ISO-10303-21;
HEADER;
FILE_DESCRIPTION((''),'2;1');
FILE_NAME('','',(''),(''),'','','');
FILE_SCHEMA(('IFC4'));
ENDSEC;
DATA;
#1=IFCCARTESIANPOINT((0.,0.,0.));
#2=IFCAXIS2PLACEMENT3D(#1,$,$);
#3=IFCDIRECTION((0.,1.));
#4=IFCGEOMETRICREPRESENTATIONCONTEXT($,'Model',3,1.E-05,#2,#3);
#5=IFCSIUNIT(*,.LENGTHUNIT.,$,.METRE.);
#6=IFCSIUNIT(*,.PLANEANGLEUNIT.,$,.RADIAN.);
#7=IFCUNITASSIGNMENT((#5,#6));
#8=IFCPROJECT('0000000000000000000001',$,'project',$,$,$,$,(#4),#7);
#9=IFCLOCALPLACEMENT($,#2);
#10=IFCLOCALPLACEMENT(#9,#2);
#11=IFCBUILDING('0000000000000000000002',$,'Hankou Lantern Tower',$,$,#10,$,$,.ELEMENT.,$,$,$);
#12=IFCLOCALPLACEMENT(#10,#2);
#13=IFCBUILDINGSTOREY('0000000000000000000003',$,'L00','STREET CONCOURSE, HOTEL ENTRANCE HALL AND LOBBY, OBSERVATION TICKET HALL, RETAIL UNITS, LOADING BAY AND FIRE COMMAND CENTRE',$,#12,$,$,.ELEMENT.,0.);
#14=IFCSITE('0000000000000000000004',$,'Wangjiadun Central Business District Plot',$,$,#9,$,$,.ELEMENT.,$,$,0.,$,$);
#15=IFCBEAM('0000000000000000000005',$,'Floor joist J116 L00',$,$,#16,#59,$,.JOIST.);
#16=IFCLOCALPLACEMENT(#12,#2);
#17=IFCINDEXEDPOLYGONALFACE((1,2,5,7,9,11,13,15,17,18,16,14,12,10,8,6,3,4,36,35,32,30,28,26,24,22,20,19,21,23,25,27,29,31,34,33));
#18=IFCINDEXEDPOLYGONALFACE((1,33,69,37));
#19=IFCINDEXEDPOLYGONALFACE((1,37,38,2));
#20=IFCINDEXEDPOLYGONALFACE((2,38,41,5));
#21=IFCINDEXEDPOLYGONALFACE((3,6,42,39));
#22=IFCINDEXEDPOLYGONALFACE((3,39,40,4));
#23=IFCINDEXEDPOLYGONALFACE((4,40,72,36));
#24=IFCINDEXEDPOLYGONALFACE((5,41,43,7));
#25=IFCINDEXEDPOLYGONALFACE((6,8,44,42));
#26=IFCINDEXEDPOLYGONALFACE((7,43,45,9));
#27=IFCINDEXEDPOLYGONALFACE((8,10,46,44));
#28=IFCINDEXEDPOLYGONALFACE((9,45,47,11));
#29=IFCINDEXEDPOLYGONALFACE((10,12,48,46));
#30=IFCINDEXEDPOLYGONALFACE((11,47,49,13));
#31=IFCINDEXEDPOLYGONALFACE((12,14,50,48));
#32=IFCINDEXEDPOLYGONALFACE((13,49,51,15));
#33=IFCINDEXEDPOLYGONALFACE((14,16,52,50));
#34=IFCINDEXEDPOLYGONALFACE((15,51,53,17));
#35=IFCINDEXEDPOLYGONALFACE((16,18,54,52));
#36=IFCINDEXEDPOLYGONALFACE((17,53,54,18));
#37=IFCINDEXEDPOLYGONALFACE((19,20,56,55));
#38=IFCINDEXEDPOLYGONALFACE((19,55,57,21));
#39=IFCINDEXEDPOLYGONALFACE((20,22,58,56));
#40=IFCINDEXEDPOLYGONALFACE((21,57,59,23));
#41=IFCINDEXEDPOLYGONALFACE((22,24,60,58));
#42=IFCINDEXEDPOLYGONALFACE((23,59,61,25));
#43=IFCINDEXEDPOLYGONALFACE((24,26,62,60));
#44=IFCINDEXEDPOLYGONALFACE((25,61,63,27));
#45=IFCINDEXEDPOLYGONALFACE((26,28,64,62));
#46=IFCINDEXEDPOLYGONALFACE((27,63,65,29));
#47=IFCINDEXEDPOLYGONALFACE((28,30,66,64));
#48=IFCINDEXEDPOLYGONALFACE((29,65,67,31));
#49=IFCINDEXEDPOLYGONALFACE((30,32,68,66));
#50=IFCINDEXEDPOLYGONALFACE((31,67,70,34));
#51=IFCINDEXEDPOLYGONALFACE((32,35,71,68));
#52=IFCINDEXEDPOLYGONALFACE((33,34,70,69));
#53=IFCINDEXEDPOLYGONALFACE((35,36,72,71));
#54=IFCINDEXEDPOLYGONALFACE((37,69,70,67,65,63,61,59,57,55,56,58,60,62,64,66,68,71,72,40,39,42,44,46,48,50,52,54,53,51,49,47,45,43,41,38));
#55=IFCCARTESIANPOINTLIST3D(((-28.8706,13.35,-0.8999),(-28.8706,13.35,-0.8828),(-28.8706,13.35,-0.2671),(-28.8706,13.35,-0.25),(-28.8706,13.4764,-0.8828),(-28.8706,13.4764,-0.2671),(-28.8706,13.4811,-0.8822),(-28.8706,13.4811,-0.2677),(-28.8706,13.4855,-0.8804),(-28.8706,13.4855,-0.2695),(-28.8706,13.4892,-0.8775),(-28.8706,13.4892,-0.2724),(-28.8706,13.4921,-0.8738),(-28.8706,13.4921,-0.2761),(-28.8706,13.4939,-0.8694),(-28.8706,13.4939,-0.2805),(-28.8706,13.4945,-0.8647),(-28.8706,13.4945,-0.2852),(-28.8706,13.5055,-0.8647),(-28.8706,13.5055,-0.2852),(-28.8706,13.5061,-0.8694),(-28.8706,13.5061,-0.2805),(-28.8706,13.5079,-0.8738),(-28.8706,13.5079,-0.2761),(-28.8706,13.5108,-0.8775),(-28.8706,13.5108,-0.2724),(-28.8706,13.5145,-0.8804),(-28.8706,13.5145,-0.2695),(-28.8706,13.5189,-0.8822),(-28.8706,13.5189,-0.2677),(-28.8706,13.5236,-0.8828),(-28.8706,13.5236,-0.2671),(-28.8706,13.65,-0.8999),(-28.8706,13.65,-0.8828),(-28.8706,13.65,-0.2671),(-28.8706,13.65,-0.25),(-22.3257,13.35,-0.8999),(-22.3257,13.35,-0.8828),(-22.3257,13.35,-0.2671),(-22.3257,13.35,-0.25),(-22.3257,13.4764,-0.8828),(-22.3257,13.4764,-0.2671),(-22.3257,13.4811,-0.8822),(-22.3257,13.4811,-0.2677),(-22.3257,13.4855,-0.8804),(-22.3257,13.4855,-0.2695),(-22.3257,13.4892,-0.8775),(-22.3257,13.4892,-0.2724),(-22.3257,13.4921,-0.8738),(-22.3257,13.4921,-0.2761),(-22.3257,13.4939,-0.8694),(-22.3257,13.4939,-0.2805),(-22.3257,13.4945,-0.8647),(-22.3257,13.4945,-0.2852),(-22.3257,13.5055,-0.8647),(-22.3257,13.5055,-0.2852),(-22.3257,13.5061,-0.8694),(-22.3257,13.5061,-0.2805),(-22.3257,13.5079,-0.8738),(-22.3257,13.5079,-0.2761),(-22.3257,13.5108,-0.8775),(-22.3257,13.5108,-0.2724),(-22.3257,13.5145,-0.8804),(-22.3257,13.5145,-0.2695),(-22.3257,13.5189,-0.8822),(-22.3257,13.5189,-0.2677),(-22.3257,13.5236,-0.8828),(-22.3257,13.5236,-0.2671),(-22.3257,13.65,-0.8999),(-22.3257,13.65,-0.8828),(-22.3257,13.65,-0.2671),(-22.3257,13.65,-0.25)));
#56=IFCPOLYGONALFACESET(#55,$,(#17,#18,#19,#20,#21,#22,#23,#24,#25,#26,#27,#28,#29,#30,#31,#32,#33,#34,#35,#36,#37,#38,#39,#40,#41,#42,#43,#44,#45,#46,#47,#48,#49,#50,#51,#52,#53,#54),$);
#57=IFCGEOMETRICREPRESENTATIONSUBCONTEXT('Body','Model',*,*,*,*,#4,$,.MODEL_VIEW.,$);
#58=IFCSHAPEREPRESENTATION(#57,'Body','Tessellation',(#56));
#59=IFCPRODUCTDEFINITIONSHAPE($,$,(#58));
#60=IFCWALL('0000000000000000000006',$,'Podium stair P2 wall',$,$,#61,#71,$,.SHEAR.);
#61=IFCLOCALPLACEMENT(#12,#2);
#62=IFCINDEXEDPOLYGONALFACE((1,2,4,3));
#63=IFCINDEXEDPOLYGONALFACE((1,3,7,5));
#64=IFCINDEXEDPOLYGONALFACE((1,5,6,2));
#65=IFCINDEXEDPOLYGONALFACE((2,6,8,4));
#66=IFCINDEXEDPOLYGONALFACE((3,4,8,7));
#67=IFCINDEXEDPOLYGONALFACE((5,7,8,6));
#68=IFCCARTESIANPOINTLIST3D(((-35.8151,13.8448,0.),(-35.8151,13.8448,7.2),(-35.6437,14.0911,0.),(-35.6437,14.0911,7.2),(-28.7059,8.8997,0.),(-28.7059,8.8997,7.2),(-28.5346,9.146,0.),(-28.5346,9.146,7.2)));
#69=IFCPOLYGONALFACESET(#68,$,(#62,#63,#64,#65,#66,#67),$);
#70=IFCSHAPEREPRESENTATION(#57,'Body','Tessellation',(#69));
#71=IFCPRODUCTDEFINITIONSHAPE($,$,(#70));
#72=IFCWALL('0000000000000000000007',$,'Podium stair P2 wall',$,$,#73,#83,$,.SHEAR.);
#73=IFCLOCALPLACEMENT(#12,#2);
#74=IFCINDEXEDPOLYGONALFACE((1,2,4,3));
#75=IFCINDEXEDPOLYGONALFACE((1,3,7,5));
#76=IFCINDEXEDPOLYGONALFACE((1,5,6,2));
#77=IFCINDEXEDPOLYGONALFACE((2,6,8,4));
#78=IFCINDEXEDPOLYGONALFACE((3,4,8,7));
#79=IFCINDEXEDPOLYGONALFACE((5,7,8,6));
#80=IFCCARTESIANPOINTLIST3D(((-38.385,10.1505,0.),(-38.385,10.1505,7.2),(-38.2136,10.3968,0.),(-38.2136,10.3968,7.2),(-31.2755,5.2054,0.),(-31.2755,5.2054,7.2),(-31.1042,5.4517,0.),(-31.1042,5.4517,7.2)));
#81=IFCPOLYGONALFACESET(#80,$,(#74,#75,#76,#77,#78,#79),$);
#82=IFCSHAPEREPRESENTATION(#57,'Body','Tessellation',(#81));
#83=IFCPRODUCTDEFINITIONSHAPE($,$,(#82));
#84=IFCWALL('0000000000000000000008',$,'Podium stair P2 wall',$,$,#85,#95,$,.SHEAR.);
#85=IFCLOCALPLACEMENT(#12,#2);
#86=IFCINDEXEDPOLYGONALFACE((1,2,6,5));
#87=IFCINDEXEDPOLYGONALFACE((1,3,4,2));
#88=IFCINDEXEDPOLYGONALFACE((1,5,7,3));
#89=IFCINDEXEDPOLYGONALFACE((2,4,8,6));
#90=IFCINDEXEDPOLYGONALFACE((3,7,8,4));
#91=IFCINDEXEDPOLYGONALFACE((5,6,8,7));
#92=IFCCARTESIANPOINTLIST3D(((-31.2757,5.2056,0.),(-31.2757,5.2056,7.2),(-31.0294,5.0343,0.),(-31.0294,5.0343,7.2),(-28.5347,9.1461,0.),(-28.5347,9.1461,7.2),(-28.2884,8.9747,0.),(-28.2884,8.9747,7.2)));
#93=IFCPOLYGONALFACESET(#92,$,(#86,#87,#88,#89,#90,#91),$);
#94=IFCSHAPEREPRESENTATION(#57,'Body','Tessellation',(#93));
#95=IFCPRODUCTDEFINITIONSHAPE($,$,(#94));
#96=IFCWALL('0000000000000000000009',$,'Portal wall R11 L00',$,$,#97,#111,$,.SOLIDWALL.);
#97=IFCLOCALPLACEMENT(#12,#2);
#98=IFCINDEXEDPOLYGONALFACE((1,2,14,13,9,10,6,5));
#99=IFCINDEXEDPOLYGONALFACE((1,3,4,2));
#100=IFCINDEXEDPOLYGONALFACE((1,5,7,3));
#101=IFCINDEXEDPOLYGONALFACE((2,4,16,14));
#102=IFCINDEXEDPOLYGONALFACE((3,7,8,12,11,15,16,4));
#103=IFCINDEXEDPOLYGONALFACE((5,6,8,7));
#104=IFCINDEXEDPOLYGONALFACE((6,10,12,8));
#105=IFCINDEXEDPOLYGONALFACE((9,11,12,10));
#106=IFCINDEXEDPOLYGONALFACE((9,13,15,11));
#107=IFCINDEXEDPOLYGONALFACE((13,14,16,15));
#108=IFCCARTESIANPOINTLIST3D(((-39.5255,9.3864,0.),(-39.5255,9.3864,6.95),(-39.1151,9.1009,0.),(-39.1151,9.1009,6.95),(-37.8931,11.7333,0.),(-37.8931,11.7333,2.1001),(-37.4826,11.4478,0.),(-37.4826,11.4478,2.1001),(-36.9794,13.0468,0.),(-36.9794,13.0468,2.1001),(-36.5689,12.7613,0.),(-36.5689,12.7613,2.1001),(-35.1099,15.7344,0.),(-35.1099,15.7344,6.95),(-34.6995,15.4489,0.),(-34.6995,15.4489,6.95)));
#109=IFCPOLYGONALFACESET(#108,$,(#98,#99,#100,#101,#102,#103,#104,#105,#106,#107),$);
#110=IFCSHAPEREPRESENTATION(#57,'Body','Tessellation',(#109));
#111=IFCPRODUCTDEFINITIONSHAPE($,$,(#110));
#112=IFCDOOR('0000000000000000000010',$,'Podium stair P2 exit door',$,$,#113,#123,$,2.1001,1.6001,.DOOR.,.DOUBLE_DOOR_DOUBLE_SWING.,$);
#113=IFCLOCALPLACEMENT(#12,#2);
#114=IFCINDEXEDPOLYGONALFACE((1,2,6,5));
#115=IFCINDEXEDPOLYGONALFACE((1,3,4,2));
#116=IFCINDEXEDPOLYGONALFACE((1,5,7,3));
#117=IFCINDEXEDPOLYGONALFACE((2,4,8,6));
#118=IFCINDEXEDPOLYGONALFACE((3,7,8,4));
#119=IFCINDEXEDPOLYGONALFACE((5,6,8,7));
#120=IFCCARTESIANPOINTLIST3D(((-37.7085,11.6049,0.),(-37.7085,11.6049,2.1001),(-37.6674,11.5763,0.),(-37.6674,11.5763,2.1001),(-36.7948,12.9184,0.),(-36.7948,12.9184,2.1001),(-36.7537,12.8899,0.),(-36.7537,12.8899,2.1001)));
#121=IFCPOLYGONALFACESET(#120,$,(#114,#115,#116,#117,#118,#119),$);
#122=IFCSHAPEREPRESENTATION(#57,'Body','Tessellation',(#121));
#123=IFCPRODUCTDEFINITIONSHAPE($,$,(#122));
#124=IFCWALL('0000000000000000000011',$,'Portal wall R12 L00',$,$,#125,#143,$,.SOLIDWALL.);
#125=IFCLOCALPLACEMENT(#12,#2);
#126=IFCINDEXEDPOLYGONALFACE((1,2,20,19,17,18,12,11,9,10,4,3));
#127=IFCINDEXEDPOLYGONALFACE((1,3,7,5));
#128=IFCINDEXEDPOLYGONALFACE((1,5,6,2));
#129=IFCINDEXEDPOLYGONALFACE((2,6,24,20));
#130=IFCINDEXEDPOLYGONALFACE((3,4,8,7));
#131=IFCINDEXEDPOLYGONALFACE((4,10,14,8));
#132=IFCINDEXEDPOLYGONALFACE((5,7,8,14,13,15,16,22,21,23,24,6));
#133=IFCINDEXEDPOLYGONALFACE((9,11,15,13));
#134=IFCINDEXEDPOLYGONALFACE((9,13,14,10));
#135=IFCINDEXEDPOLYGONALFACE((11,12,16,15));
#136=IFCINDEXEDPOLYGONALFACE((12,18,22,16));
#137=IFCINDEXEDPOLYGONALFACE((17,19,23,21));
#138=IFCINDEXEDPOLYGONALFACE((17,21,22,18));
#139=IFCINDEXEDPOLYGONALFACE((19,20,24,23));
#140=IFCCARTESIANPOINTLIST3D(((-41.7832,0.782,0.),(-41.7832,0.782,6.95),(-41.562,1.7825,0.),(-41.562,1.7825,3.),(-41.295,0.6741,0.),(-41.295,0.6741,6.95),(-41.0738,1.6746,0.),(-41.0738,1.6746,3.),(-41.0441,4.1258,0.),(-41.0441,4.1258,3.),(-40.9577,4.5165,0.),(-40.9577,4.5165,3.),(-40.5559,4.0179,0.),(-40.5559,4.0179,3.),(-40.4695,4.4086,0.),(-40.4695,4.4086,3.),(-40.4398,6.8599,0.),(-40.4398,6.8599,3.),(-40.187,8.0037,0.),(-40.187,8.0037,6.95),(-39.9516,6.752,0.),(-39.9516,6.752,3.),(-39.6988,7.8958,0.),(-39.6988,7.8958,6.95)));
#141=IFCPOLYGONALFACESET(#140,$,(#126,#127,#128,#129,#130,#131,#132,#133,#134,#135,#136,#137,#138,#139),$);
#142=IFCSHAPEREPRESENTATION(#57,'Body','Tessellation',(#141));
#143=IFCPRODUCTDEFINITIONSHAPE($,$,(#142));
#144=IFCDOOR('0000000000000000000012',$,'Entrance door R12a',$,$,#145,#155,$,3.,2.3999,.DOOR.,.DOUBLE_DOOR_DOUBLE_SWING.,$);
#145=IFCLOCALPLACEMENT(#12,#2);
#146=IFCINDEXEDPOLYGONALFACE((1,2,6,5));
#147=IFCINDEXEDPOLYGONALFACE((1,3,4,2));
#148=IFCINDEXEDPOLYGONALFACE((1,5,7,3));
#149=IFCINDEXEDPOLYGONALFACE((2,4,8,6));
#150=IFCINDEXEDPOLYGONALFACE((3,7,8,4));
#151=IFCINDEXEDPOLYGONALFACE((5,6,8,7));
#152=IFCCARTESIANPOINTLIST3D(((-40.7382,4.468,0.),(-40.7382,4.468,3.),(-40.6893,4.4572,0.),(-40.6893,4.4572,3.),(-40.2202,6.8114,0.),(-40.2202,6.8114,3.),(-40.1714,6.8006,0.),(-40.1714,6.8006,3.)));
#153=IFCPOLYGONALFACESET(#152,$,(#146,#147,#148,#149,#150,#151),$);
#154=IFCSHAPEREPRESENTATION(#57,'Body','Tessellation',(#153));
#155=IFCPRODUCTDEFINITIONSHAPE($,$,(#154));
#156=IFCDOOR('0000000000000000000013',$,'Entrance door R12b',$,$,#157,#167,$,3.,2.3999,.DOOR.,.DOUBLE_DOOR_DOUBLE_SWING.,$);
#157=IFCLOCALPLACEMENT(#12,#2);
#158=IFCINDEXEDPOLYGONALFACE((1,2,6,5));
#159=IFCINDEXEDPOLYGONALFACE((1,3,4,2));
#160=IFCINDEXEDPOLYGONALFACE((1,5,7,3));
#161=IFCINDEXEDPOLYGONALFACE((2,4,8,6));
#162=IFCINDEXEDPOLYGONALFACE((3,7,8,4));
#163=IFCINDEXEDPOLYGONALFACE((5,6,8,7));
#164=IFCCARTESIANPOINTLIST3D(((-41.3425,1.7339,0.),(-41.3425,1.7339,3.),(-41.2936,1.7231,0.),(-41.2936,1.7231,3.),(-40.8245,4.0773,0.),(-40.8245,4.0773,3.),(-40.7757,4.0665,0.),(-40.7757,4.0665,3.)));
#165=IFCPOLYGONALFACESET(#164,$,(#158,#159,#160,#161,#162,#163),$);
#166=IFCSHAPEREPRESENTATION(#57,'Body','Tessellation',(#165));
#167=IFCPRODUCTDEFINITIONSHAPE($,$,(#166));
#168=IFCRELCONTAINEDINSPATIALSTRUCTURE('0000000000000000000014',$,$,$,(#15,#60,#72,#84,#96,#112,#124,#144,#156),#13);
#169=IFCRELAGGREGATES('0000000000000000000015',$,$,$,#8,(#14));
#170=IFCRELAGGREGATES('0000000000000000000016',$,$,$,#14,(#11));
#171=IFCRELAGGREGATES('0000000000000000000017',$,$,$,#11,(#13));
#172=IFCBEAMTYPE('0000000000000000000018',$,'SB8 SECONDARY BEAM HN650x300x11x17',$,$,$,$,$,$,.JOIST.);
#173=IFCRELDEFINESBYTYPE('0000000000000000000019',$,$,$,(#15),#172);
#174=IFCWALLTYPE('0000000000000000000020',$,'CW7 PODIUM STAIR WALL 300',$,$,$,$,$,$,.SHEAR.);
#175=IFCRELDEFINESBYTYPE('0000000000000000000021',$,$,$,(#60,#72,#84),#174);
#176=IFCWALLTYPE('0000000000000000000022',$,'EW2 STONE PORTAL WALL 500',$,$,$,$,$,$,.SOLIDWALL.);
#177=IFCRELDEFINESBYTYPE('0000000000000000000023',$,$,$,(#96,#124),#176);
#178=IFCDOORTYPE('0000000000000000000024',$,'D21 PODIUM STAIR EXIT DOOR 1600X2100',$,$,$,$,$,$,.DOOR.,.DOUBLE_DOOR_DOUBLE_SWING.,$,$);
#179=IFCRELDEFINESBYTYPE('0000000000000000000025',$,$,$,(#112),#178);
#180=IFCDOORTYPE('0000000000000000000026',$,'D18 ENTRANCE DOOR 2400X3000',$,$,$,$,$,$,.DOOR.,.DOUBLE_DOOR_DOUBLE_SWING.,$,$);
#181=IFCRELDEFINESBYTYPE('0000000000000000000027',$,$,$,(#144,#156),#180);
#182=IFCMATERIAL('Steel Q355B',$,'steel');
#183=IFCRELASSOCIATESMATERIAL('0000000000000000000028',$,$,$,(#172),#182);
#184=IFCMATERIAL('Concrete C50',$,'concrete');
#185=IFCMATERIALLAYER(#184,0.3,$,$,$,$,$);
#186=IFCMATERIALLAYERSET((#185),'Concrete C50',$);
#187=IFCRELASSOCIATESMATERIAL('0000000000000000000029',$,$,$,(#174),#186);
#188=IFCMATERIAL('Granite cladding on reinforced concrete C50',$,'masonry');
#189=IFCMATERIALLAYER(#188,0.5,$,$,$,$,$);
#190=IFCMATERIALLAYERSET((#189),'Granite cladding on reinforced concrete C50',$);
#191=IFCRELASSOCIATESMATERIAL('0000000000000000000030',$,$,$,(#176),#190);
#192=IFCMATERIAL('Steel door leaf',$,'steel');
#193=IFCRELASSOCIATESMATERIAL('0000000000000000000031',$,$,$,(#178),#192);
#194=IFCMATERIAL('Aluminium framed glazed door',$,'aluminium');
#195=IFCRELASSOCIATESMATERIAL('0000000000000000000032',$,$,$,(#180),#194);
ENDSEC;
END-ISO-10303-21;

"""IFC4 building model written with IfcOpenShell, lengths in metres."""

from ifc_helpers import new_model, si_unit, direction, frame, frame_2d, origin, origin_2d, place, context, subcontext, project, spatial, rectangle, i_section, extrude, material, layer, layer_set, material_profile, profile_set, type_object, element, fill, save


model = new_model("IFC4")

# Units and contexts
model_context = context("Model", 3, precision=1e-05, world=origin(), true_north=direction((0.0, 1.0)))
body_context = subcontext(model_context, "Body", "Model", "MODEL_VIEW")
ifc_project = project(units=[si_unit("LENGTHUNIT", "METRE"), si_unit("PLANEANGLEUNIT", "RADIAN")], contexts=[model_context])

# Site, building, storey
site_placement = place(None, origin())
site = spatial("IfcSite", under=ifc_project, at=site_placement, Name="Wangjiadun Central Business District Plot", CompositionType="ELEMENT", RefElevation=0.0)
building_placement = place(site_placement, origin())
building = spatial("IfcBuilding", under=site, at=building_placement, Name="Hankou Lantern Tower", CompositionType="ELEMENT")
storey_placement = place(building_placement, origin())
storey = spatial("IfcBuildingStorey", under=building, at=storey_placement, Name="L00", Description="STREET CONCOURSE, HOTEL ENTRANCE HALL AND LOBBY, OBSERVATION TICKET HALL, RETAIL UNITS, LOADING BAY AND FIRE COMMAND CENTRE", CompositionType="ELEMENT", Elevation=0.0)

# Beam
ifc_material_1 = material(Name="Steel Q355B", Category="steel")
ifc_material_profile_1 = material_profile(ifc_material_1, i_section(OverallWidth=0.3, OverallDepth=0.6499, WebThickness=0.011, FlangeThickness=0.0171, FilletRadius=0.0181, at=origin_2d()), Name="HN650x300x11x17")
ifc_profile_set_1 = profile_set([ifc_material_profile_1], Name="Steel Q355B")
beam_type_1 = type_object("IfcBeamType", Name="SB8 SECONDARY BEAM HN650x300x11x17", PredefinedType="JOIST", material=ifc_profile_set_1)
beam_1_placement = place(storey_placement, frame((-28.8706, 13.5, -0.575), z_axis=(1.0, 0.0, 0.0), x_axis=(0.0, 1.0, 0.0)))
element("IfcBeam", 1, at=beam_1_placement, inside=storey, type_object=beam_type_1, Name="Floor joist J116 L00", PredefinedType="JOIST", context=body_context, shape_type="SweptSolid", body=[
    extrude(i_section(OverallWidth=0.3, OverallDepth=0.6499, WebThickness=0.011, FlangeThickness=0.0171, FilletRadius=0.0181, at=origin_2d()), origin(), (0.0, 0.0, 1.0), 6.5449),
])

# Walls
ifc_material_2 = material(Name="Concrete C50", Category="concrete")
ifc_layer_1 = layer(ifc_material_2, 0.3)
ifc_layer_set_1 = layer_set([ifc_layer_1], Name="Concrete C50")
wall_type_1 = type_object("IfcWallType", Name="CW7 PODIUM STAIR WALL 300", PredefinedType="SHEAR", material=ifc_layer_set_1)
wall_1_placement = place(storey_placement, frame((-35.7295, 13.968, 0.0), z_axis=(0.0, 0.0, 1.0), x_axis=(0.820928, -0.571032, 0.0)))
element("IfcWall", 2, at=wall_1_placement, inside=storey, type_object=wall_type_1, Name="Podium stair P2 wall", PredefinedType="SHEAR", context=body_context, shape_type="SweptSolid", body=[
    extrude(rectangle(XDim=8.6599, YDim=0.3, at=frame_2d((4.3301, 0.0))), origin(), (0.0, 0.0, 1.0), 7.2),
])
wall_2_placement = place(storey_placement, frame((-38.2993, 10.2737, 0.0), z_axis=(0.0, 0.0, 1.0), x_axis=(0.820937, -0.571019, 0.0)))
element("IfcWall", 3, at=wall_2_placement, inside=storey, type_object=wall_type_1, Name="Podium stair P2 wall", PredefinedType="SHEAR", context=body_context, shape_type="SweptSolid", body=[
    extrude(rectangle(XDim=8.6602, YDim=0.3, at=frame_2d((4.3301, 0.0))), origin(), (0.0, 0.0, 1.0), 7.2),
])
wall_3_placement = place(storey_placement, frame((-28.4116, 9.0603, 0.0), z_axis=(0.0, 0.0, 1.0), x_axis=(-0.571036, -0.820925, 0.0)))
element("IfcWall", 4, at=wall_3_placement, inside=storey, type_object=wall_type_1, Name="Podium stair P2 wall", PredefinedType="SHEAR", context=body_context, shape_type="SweptSolid", body=[
    extrude(rectangle(XDim=4.8, YDim=0.3, at=frame_2d((2.3999, 0.0))), origin(), (0.0, 0.0, 1.0), 7.2),
])

# Wall, opening, door
ifc_material_3 = material(Name="Granite cladding on reinforced concrete C50", Category="masonry")
ifc_layer_2 = layer(ifc_material_3, 0.5)
ifc_layer_set_2 = layer_set([ifc_layer_2], Name="Granite cladding on reinforced concrete C50")
wall_type_2 = type_object("IfcWallType", Name="EW2 STONE PORTAL WALL 500", PredefinedType="SOLIDWALL", material=ifc_layer_set_2)
wall_4_placement = place(storey_placement, frame((-34.9048, 15.5916, 0.0), z_axis=(0.0, 0.0, 1.0), x_axis=(-0.571029, -0.82093, 0.0)))
wall_4 = element("IfcWall", 5, at=wall_4_placement, inside=storey, type_object=wall_type_2, Name="Portal wall R11 L00", PredefinedType="SOLIDWALL", context=body_context, shape_type="SweptSolid", body=[
    extrude(rectangle(XDim=7.7327, YDim=0.5, at=frame_2d((3.8662, 0.0))), origin(), (0.0, 0.0, 1.0), 6.95),
])
opening_1_placement = place(wall_4_placement, frame((3.2737, 0.0, 0.0)))
opening_1 = element("IfcOpeningElement", 6, at=opening_1_placement, cuts=wall_4, PredefinedType="OPENING", context=body_context, shape_type="SweptSolid", body=[
    extrude(rectangle(XDim=1.6001, YDim=2.1001, at=frame_2d((0.8, 1.05))), frame((0.0, 0.26, 0.0), z_axis=(0.0, -1.0, 0.0), x_axis=(1.0, 0.0, 0.0)), (0.0, 0.0, 1.0), 0.52),
])
ifc_material_4 = material(Name="Steel door leaf", Category="steel")
door_type_1 = type_object("IfcDoorType", Name="D21 PODIUM STAIR EXIT DOOR 1600X2100", OperationType="DOUBLE_DOOR_DOUBLE_SWING", PredefinedType="DOOR", material=ifc_material_4)
door_1_placement = place(opening_1_placement, origin())
door_1 = element("IfcDoor", 7, at=door_1_placement, inside=storey, type_object=door_type_1, Name="Podium stair P2 exit door", OperationType="DOUBLE_DOOR_DOUBLE_SWING", OverallHeight=2.1001, OverallWidth=1.6001, PredefinedType="DOOR", context=body_context, shape_type="SweptSolid", body=[
    extrude(rectangle(XDim=1.6001, YDim=2.1001, at=frame_2d((0.8, 1.05))), frame((0.0, 0.0249, 0.0), z_axis=(0.0, -1.0, 0.0), x_axis=(1.0, 0.0, 0.0)), (0.0, 0.0, 1.0), 0.05),
])
fill(opening_1, door_1)

# Wall, openings, doors
wall_5_placement = place(storey_placement, frame((-39.9429, 7.9497, 0.0), z_axis=(0.0, 0.0, 1.0), x_axis=(-0.215819, -0.976433, 0.0)))
wall_5 = element("IfcWall", 8, at=wall_5_placement, inside=storey, type_object=wall_type_2, Name="Portal wall R12 L00", PredefinedType="SOLIDWALL", context=body_context, shape_type="SweptSolid", body=[
    extrude(rectangle(XDim=7.396, YDim=0.5, at=frame_2d((3.698, 0.0))), origin(), (0.0, 0.0, 1.0), 6.95),
])
opening_2_placement = place(wall_5_placement, frame((1.1714, 0.0, 0.0)))
opening_2 = element("IfcOpeningElement", 9, at=opening_2_placement, cuts=wall_5, PredefinedType="OPENING", context=body_context, shape_type="SweptSolid", body=[
    extrude(rectangle(XDim=2.3999, YDim=3.0, at=frame_2d((1.2, 1.5))), frame((0.0, 0.26, 0.0), z_axis=(0.0, -1.0, 0.0), x_axis=(1.0, 0.0, 0.0)), (0.0, 0.0, 1.0), 0.52),
])
opening_3_placement = place(wall_5_placement, frame((3.9714, 0.0, 0.0)))
opening_3 = element("IfcOpeningElement", 10, at=opening_3_placement, cuts=wall_5, PredefinedType="OPENING", context=body_context, shape_type="SweptSolid", body=[
    extrude(rectangle(XDim=2.3999, YDim=3.0, at=frame_2d((1.2, 1.5))), frame((0.0, 0.26, 0.0), z_axis=(0.0, -1.0, 0.0), x_axis=(1.0, 0.0, 0.0)), (0.0, 0.0, 1.0), 0.52),
])
ifc_material_5 = material(Name="Aluminium framed glazed door", Category="aluminium")
door_type_2 = type_object("IfcDoorType", Name="D18 ENTRANCE DOOR 2400X3000", OperationType="DOUBLE_DOOR_DOUBLE_SWING", PredefinedType="DOOR", material=ifc_material_5)
door_2_placement = place(opening_2_placement, origin())
door_2 = element("IfcDoor", 11, at=door_2_placement, inside=storey, type_object=door_type_2, Name="Entrance door R12a", OperationType="DOUBLE_DOOR_DOUBLE_SWING", OverallHeight=3.0, OverallWidth=2.3999, PredefinedType="DOOR", context=body_context, shape_type="SweptSolid", body=[
    extrude(rectangle(XDim=2.3999, YDim=3.0, at=frame_2d((1.2, 1.5))), frame((0.0, 0.0249, 0.0), z_axis=(0.0, -1.0, 0.0), x_axis=(1.0, 0.0, 0.0)), (0.0, 0.0, 1.0), 0.05),
])
fill(opening_2, door_2)
door_3_placement = place(opening_3_placement, origin())
door_3 = element("IfcDoor", 12, at=door_3_placement, inside=storey, type_object=door_type_2, Name="Entrance door R12b", OperationType="DOUBLE_DOOR_DOUBLE_SWING", OverallHeight=3.0, OverallWidth=2.3999, PredefinedType="DOOR", context=body_context, shape_type="SweptSolid", body=[
    extrude(rectangle(XDim=2.3999, YDim=3.0, at=frame_2d((1.2, 1.5))), frame((0.0, 0.0249, 0.0), z_axis=(0.0, -1.0, 0.0), x_axis=(1.0, 0.0, 0.0)), (0.0, 0.0, 1.0), 0.05),
])
fill(opening_3, door_3)

save(model, "model.ifc")
